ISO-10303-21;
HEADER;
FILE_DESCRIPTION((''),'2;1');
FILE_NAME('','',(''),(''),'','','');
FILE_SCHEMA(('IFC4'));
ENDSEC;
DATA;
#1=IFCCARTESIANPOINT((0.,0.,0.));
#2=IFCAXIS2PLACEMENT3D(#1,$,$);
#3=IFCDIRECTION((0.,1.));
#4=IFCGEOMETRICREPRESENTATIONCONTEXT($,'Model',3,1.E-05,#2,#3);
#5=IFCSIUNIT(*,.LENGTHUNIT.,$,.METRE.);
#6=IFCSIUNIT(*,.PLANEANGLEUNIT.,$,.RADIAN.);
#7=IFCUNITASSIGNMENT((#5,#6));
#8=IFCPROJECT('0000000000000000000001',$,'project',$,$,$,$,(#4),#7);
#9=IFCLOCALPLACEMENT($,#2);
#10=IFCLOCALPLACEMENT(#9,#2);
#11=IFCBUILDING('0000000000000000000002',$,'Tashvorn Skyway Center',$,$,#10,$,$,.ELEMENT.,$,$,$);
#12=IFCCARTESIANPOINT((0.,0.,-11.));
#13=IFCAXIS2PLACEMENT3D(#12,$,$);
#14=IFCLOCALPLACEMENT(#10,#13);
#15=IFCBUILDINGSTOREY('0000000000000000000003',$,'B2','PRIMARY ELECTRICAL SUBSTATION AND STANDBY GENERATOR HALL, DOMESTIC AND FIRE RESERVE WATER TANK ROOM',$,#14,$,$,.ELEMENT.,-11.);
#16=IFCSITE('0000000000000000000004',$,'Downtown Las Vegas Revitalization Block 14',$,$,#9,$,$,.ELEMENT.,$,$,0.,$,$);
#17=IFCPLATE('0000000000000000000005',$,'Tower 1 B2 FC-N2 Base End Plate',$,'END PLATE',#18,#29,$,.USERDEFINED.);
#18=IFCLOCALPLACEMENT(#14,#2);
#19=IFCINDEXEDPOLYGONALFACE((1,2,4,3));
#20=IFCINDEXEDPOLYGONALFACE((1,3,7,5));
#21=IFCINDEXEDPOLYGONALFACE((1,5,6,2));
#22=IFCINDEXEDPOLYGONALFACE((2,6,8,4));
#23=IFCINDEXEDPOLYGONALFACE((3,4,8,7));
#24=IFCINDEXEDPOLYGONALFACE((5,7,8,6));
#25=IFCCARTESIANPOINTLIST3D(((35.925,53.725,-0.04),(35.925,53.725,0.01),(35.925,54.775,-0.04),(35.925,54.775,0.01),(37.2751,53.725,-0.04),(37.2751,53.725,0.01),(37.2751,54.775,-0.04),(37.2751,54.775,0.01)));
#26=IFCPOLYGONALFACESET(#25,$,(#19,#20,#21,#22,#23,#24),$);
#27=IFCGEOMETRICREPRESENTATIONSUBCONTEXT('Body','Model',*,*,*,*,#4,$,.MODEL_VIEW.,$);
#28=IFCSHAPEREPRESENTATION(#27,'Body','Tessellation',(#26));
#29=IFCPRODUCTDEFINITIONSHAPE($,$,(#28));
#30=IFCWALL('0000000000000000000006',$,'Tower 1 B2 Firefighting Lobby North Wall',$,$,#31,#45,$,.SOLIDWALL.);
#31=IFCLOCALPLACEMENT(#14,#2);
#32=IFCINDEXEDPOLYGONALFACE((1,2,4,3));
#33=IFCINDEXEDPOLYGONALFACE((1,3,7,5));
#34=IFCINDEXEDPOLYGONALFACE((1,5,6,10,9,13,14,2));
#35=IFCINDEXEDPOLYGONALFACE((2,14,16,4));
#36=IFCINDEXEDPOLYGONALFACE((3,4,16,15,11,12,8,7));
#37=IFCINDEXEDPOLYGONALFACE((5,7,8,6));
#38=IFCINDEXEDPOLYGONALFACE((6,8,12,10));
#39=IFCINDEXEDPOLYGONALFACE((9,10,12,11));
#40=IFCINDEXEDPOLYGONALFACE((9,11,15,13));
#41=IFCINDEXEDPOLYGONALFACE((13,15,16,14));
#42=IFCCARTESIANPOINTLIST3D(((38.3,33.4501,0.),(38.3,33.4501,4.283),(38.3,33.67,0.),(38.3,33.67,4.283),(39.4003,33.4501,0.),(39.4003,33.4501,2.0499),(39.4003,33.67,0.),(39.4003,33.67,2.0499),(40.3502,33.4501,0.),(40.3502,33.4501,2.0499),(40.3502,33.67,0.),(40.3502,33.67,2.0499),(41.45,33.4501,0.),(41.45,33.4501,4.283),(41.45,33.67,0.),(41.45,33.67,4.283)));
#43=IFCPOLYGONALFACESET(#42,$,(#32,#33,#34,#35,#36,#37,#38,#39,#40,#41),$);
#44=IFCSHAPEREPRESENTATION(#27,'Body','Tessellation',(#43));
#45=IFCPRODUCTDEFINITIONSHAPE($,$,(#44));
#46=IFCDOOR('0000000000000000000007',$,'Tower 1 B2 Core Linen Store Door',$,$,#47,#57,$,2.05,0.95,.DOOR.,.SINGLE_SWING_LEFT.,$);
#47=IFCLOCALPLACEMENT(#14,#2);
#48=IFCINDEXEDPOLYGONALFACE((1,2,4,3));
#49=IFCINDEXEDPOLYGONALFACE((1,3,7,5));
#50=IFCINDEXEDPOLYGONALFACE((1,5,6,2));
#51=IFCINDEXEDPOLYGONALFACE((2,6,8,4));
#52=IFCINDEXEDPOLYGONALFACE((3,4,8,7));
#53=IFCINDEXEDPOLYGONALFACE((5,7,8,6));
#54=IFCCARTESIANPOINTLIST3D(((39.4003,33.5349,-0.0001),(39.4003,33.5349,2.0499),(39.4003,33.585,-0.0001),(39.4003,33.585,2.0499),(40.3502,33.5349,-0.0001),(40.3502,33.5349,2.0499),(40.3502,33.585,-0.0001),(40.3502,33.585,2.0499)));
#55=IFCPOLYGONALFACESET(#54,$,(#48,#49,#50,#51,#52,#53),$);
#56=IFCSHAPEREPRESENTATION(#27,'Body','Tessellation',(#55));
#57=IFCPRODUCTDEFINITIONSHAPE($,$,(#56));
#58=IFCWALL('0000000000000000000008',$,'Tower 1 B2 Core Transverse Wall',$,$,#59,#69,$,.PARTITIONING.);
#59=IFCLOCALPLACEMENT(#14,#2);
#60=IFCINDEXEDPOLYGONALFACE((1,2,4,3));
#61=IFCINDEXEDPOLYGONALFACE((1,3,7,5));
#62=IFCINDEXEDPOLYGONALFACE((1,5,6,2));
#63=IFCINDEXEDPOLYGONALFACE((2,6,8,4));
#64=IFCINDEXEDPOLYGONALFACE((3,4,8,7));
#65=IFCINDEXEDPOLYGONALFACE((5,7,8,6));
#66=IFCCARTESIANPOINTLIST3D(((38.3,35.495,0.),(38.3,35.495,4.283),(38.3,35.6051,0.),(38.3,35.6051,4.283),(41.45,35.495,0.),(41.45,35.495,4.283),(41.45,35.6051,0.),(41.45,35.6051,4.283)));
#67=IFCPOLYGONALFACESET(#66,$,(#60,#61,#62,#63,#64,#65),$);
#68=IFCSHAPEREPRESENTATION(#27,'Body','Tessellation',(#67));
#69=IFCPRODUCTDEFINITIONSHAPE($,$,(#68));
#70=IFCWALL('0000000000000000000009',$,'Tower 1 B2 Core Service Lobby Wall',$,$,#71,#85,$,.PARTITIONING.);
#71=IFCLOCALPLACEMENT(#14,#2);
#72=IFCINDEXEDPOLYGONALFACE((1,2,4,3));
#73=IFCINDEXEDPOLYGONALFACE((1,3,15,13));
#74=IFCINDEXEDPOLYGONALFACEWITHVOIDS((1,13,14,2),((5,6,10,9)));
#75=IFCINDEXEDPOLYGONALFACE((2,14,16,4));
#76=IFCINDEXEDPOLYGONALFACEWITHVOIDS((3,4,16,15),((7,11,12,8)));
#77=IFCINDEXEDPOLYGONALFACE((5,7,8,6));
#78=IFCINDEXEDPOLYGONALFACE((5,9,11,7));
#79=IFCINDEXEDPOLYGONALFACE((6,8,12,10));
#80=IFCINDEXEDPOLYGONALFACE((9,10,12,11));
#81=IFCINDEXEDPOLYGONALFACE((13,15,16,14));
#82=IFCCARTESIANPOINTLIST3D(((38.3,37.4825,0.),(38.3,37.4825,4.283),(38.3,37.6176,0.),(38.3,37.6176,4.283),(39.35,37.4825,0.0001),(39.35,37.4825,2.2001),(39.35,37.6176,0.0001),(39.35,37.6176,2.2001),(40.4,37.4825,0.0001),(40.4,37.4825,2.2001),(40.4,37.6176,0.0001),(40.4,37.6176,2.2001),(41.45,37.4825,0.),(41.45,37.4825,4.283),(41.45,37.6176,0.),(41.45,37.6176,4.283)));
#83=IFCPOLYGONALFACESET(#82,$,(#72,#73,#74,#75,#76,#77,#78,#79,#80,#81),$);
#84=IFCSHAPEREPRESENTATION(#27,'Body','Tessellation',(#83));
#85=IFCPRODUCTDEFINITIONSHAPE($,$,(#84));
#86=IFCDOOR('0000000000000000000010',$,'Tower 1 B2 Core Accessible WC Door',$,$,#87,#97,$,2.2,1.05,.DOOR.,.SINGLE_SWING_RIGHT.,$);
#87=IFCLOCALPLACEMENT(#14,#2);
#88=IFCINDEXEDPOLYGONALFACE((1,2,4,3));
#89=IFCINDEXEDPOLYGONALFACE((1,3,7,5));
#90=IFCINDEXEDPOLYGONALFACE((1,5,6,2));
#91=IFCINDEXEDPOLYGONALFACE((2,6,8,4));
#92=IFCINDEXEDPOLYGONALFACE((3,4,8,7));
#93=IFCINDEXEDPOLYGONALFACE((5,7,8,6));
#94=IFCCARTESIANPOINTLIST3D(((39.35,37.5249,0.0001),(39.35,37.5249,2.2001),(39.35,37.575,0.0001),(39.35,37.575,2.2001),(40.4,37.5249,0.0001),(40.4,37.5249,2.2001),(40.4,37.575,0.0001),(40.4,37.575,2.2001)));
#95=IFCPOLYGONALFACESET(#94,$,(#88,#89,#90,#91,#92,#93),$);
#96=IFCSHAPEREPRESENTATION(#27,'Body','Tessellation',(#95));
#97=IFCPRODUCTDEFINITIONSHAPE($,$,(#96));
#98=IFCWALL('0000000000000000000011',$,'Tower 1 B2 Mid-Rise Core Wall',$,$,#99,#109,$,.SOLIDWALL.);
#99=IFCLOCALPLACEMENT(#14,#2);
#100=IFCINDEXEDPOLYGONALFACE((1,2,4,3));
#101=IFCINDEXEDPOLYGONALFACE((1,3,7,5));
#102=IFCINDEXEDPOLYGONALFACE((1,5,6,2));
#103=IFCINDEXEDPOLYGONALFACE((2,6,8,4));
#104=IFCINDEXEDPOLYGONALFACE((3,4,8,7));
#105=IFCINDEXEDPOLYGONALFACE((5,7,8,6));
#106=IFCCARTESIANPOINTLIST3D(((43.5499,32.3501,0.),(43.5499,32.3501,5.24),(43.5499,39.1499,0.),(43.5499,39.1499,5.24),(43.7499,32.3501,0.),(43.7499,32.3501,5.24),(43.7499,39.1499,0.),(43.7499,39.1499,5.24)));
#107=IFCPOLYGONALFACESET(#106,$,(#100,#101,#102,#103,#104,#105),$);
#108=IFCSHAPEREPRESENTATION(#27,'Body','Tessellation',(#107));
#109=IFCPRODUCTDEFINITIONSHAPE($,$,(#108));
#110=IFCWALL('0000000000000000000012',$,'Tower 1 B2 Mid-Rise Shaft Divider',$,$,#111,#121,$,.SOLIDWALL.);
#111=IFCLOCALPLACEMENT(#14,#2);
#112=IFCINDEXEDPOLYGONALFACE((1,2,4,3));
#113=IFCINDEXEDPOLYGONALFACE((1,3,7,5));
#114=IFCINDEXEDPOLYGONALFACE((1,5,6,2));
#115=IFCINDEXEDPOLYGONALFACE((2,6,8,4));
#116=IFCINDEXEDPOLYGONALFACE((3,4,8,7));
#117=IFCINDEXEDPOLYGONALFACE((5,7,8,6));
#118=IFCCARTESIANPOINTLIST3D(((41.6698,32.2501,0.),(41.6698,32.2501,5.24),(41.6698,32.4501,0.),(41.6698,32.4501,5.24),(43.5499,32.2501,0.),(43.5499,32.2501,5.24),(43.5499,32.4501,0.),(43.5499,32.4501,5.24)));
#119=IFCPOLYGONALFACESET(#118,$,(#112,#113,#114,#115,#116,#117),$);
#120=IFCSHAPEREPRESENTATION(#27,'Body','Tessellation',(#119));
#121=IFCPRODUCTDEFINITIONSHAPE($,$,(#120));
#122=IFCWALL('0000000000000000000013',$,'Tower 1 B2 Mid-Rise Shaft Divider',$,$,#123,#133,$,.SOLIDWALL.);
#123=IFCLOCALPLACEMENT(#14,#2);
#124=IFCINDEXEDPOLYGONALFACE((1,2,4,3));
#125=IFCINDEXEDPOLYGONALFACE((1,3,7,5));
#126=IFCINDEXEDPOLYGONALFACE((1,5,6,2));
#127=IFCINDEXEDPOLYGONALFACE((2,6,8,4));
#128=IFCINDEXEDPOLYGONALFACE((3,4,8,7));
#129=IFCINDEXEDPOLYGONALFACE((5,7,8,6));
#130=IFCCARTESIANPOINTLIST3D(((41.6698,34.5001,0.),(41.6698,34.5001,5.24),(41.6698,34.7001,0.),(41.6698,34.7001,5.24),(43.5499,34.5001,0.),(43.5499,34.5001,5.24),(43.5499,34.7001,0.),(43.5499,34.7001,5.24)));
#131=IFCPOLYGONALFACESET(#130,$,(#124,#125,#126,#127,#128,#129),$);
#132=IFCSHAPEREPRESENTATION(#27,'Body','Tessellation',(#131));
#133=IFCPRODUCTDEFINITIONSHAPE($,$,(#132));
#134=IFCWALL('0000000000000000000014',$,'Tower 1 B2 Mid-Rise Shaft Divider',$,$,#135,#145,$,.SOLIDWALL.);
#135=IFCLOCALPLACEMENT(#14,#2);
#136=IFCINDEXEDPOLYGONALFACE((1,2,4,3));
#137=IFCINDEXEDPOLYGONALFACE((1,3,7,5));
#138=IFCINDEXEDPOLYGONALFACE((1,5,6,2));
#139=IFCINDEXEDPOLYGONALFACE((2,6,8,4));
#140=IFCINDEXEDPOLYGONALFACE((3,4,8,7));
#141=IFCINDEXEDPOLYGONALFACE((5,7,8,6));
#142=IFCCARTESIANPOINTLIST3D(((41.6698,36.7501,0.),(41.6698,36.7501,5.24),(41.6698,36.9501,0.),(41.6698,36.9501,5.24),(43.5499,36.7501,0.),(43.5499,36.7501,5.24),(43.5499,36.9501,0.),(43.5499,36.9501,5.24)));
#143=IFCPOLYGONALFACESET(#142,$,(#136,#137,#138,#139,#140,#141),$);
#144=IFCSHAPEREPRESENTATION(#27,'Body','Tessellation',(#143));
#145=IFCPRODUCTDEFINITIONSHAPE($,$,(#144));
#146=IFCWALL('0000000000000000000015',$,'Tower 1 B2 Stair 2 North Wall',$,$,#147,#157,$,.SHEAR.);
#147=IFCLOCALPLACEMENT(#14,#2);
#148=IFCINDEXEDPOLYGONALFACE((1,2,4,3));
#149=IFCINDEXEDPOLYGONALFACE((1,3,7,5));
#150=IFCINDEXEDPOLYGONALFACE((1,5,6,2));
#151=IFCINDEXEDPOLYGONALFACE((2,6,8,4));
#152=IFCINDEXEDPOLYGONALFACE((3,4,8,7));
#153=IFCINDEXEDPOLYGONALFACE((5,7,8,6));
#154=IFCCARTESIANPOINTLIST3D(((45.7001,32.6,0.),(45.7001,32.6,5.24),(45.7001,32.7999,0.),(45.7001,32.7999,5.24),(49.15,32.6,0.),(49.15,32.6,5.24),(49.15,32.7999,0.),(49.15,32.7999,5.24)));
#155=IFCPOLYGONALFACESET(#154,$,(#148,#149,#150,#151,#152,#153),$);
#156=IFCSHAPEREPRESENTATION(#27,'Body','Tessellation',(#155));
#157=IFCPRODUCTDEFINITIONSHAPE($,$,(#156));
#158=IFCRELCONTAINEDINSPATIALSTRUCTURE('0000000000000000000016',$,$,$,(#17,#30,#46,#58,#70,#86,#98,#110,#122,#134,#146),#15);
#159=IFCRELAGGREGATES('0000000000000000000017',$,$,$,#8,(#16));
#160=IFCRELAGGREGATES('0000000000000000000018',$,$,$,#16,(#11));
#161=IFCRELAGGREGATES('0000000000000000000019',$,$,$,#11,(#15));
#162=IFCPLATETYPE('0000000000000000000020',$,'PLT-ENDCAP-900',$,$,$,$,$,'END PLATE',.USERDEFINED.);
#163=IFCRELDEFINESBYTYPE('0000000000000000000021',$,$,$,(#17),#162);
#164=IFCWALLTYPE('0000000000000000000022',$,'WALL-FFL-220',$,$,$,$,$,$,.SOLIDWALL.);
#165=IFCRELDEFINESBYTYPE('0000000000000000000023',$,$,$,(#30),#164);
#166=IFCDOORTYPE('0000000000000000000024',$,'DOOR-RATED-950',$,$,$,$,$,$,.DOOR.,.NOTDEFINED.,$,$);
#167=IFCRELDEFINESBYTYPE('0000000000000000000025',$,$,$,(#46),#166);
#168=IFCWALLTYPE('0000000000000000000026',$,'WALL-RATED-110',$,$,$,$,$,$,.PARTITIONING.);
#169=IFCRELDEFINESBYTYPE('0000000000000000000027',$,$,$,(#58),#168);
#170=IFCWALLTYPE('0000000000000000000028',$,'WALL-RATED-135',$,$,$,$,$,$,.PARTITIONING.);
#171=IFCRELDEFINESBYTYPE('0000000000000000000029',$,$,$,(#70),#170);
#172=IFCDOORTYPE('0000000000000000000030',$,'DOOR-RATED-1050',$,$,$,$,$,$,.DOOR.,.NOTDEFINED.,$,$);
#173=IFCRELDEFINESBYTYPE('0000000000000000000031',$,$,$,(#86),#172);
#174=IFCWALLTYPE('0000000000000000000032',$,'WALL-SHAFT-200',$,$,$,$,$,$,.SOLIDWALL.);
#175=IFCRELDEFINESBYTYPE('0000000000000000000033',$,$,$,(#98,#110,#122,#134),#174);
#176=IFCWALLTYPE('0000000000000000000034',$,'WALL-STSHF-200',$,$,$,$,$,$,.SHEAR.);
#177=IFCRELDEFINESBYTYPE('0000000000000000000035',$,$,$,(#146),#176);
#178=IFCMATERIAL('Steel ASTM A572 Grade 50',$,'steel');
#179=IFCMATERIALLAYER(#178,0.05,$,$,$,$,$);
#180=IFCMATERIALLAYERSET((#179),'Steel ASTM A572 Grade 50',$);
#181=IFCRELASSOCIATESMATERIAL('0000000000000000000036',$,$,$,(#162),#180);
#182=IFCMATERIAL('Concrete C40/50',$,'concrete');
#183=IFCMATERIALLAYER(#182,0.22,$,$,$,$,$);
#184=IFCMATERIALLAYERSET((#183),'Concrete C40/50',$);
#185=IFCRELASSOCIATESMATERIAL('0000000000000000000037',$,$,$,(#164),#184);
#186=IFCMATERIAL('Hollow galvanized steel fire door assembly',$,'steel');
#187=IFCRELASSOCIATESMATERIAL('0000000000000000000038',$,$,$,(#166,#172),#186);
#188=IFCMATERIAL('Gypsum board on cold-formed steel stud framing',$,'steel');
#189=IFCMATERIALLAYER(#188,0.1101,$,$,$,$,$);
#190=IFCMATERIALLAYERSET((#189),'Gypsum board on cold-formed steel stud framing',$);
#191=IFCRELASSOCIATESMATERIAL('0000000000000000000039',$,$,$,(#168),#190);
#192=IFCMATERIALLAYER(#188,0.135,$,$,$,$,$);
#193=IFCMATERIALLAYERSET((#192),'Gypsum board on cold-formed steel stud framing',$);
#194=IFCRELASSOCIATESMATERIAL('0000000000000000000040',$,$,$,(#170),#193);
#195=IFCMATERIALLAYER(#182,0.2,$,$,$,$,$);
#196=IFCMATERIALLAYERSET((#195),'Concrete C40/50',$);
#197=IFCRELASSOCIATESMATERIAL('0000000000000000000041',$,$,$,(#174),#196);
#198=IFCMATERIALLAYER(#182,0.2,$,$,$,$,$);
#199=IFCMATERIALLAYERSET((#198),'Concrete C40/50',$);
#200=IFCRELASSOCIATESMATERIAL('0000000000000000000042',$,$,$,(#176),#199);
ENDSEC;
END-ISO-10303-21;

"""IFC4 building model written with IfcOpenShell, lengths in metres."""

from ifc_helpers import new_model, si_unit, direction, frame, frame_2d, origin, origin_2d, place, context, subcontext, project, spatial, rectangle, extrude, material, layer, layer_set, type_object, element, fill, save


model = new_model("IFC4")

# Units and contexts
model_context = context("Model", 3, precision=1e-05, world=origin(), true_north=direction((0.0, 1.0)))
body_context = subcontext(model_context, "Body", "Model", "MODEL_VIEW")
ifc_project = project(units=[si_unit("LENGTHUNIT", "METRE"), si_unit("PLANEANGLEUNIT", "RADIAN")], contexts=[model_context])

# Site, building, storey
site_placement = place(None, origin())
site = spatial("IfcSite", under=ifc_project, at=site_placement, Name="Downtown Las Vegas Revitalization Block 14", CompositionType="ELEMENT", RefElevation=0.0)
building_placement = place(site_placement, origin())
building = spatial("IfcBuilding", under=site, at=building_placement, Name="Tashvorn Skyway Center", CompositionType="ELEMENT")
storey_placement = place(building_placement, frame((0.0, 0.0, -11.0)))
storey = spatial("IfcBuildingStorey", under=building, at=storey_placement, Name="B2", Description="PRIMARY ELECTRICAL SUBSTATION AND STANDBY GENERATOR HALL, DOMESTIC AND FIRE RESERVE WATER TANK ROOM", CompositionType="ELEMENT", Elevation=-11.0)

# Shared definitions
ifc_material_1 = material(Name="Steel ASTM A572 Grade 50", Category="steel")

# Plate
ifc_layer_1 = layer(ifc_material_1, 0.05)
ifc_layer_set_1 = layer_set([ifc_layer_1], Name="Steel ASTM A572 Grade 50")
plate_type = type_object("IfcPlateType", Name="PLT-ENDCAP-900", ElementType="END PLATE", PredefinedType="USERDEFINED", material=ifc_layer_set_1)
plate_placement = place(storey_placement, frame((36.6001, 54.25, -0.04), z_axis=(0.0, 0.0, 1.0), x_axis=(1.0, 0.0, 0.0)))
element("IfcPlate", 1, at=plate_placement, inside=storey, type_object=plate_type, Name="Tower 1 B2 FC-N2 Base End Plate", ObjectType="END PLATE", PredefinedType="USERDEFINED", context=body_context, shape_type="SweptSolid", body=[
    extrude(rectangle(XDim=1.3501, YDim=1.05, at=origin_2d()), origin(), (0.0, 0.0, 1.0), 0.05),
])

# Wall, opening, door
ifc_material_2 = material(Name="Concrete C40/50", Category="concrete")
ifc_layer_2 = layer(ifc_material_2, 0.22)
ifc_layer_set_2 = layer_set([ifc_layer_2], Name="Concrete C40/50")
wall_type_1 = type_object("IfcWallType", Name="WALL-FFL-220", PredefinedType="SOLIDWALL", material=ifc_layer_set_2)
wall_1_placement = place(storey_placement, frame((38.3, 33.5601, 0.0), z_axis=(0.0, 0.0, 1.0), x_axis=(1.0, 0.0, 0.0)))
wall_1 = element("IfcWall", 2, at=wall_1_placement, inside=storey, type_object=wall_type_1, Name="Tower 1 B2 Firefighting Lobby North Wall", PredefinedType="SOLIDWALL", context=body_context, shape_type="SweptSolid", body=[
    extrude(rectangle(XDim=3.1499, YDim=0.22, at=frame_2d((1.575, 0.0))), origin(), (0.0, 0.0, 1.0), 4.283),
])
opening_1_placement = place(wall_1_placement, frame((1.1001, 0.0, 0.0)))
opening_1 = element("IfcOpeningElement", 3, at=opening_1_placement, cuts=wall_1, PredefinedType="OPENING", context=body_context, shape_type="SweptSolid", body=[
    extrude(rectangle(XDim=0.95, YDim=2.05, at=frame_2d((0.4751, 1.0249))), frame((0.0, 0.1199, 0.0), z_axis=(0.0, -1.0, 0.0), x_axis=(1.0, 0.0, 0.0)), (0.0, 0.0, 1.0), 0.24),
])
ifc_material_3 = material(Name="Hollow galvanized steel fire door assembly", Category="steel")
door_type_1 = type_object("IfcDoorType", Name="DOOR-RATED-950", OperationType="NOTDEFINED", PredefinedType="DOOR", material=ifc_material_3)
door_1_placement = place(opening_1_placement, origin())
door_1 = element("IfcDoor", 4, at=door_1_placement, inside=storey, type_object=door_type_1, Name="Tower 1 B2 Core Linen Store Door", OperationType="SINGLE_SWING_LEFT", OverallHeight=2.05, OverallWidth=0.95, PredefinedType="DOOR", context=body_context, shape_type="SweptSolid", body=[
    extrude(rectangle(XDim=0.95, YDim=2.05, at=frame_2d((0.4751, 1.0249))), frame((0.0, 0.0249, 0.0), z_axis=(0.0, -1.0, 0.0), x_axis=(1.0, 0.0, 0.0)), (0.0, 0.0, 1.0), 0.05),
])
fill(opening_1, door_1)

# Wall
ifc_material_4 = material(Name="Gypsum board on cold-formed steel stud framing", Category="steel")
ifc_layer_3 = layer(ifc_material_4, 0.1101)
ifc_layer_set_3 = layer_set([ifc_layer_3], Name="Gypsum board on cold-formed steel stud framing")
wall_type_2 = type_object("IfcWallType", Name="WALL-RATED-110", PredefinedType="PARTITIONING", material=ifc_layer_set_3)
wall_2_placement = place(storey_placement, frame((38.3, 35.55, 0.0), z_axis=(0.0, 0.0, 1.0), x_axis=(1.0, 0.0, 0.0)))
element("IfcWall", 5, at=wall_2_placement, inside=storey, type_object=wall_type_2, Name="Tower 1 B2 Core Transverse Wall", PredefinedType="PARTITIONING", context=body_context, shape_type="SweptSolid", body=[
    extrude(rectangle(XDim=3.1499, YDim=0.1101, at=frame_2d((1.575, 0.0))), origin(), (0.0, 0.0, 1.0), 4.283),
])

# Wall, opening, door
ifc_layer_4 = layer(ifc_material_4, 0.135)
ifc_layer_set_4 = layer_set([ifc_layer_4], Name="Gypsum board on cold-formed steel stud framing")
wall_type_3 = type_object("IfcWallType", Name="WALL-RATED-135", PredefinedType="PARTITIONING", material=ifc_layer_set_4)
wall_3_placement = place(storey_placement, frame((38.3, 37.55, 0.0), z_axis=(0.0, 0.0, 1.0), x_axis=(1.0, 0.0, 0.0)))
wall_3 = element("IfcWall", 6, at=wall_3_placement, inside=storey, type_object=wall_type_3, Name="Tower 1 B2 Core Service Lobby Wall", PredefinedType="PARTITIONING", context=body_context, shape_type="SweptSolid", body=[
    extrude(rectangle(XDim=3.1499, YDim=0.135, at=frame_2d((1.575, 0.0))), origin(), (0.0, 0.0, 1.0), 4.283),
])
opening_2_placement = place(wall_3_placement, frame((1.05, 0.0, 0.0)))
opening_2 = element("IfcOpeningElement", 7, at=opening_2_placement, cuts=wall_3, PredefinedType="OPENING", context=body_context, shape_type="SweptSolid", body=[
    extrude(rectangle(XDim=1.05, YDim=2.2, at=frame_2d((0.5249, 1.1001))), frame((0.0, 0.0774, 0.0), z_axis=(0.0, -1.0, 0.0), x_axis=(1.0, 0.0, 0.0)), (0.0, 0.0, 1.0), 0.155),
])
door_type_2 = type_object("IfcDoorType", Name="DOOR-RATED-1050", OperationType="NOTDEFINED", PredefinedType="DOOR", material=ifc_material_3)
door_2_placement = place(opening_2_placement, origin())
door_2 = element("IfcDoor", 8, at=door_2_placement, inside=storey, type_object=door_type_2, Name="Tower 1 B2 Core Accessible WC Door", OperationType="SINGLE_SWING_RIGHT", OverallHeight=2.2, OverallWidth=1.05, PredefinedType="DOOR", context=body_context, shape_type="SweptSolid", body=[
    extrude(rectangle(XDim=1.05, YDim=2.2, at=frame_2d((0.5249, 1.1001))), frame((0.0, 0.0249, 0.0), z_axis=(0.0, -1.0, 0.0), x_axis=(1.0, 0.0, 0.0)), (0.0, 0.0, 1.0), 0.05),
])
fill(opening_2, door_2)

# Walls
ifc_layer_5 = layer(ifc_material_2, 0.2)
ifc_layer_set_5 = layer_set([ifc_layer_5], Name="Concrete C40/50")
wall_type_4 = type_object("IfcWallType", Name="WALL-SHAFT-200", PredefinedType="SOLIDWALL", material=ifc_layer_set_5)
wall_4_placement = place(storey_placement, frame((43.6499, 32.3501, 0.0), z_axis=(0.0, 0.0, 1.0), x_axis=(0.0, 1.0, 0.0)))
element("IfcWall", 9, at=wall_4_placement, inside=storey, type_object=wall_type_4, Name="Tower 1 B2 Mid-Rise Core Wall", PredefinedType="SOLIDWALL", context=body_context, shape_type="SweptSolid", body=[
    extrude(rectangle(XDim=6.7998, YDim=0.2, at=frame_2d((3.3999, 0.0))), origin(), (0.0, 0.0, 1.0), 5.24),
])
for number, where, z_axis, x_axis, name in (
    (10, (41.6699, 32.3501, 0.0), (0.0, 0.0, 1.0), (1.0, 0.0, 0.0), "Tower 1 B2 Mid-Rise Shaft Divider"),
    (11, (41.6699, 34.6001, 0.0), (0.0, 0.0, 1.0), (1.0, 0.0, 0.0), "Tower 1 B2 Mid-Rise Shaft Divider"),
    (12, (41.6699, 36.8501, 0.0), (0.0, 0.0, 1.0), (1.0, 0.0, 0.0), "Tower 1 B2 Mid-Rise Shaft Divider"),
):
    element("IfcWall", number, at=place(storey_placement, frame(where, z_axis=z_axis, x_axis=x_axis)), inside=storey, type_object=wall_type_4, Name=name, PredefinedType="SOLIDWALL", context=body_context, shape_type="SweptSolid", body=[
        extrude(rectangle(XDim=1.8801, YDim=0.2, at=frame_2d((0.9399, 0.0))), origin(), (0.0, 0.0, 1.0), 5.24),
    ])
ifc_layer_6 = layer(ifc_material_2, 0.2)
ifc_layer_set_6 = layer_set([ifc_layer_6], Name="Concrete C40/50")
wall_type_5 = type_object("IfcWallType", Name="WALL-STSHF-200", PredefinedType="SHEAR", material=ifc_layer_set_6)
wall_5_placement = place(storey_placement, frame((45.7, 32.7, 0.0), z_axis=(0.0, 0.0, 1.0), x_axis=(1.0, 0.0, 0.0)))
element("IfcWall", 13, at=wall_5_placement, inside=storey, type_object=wall_type_5, Name="Tower 1 B2 Stair 2 North Wall", PredefinedType="SHEAR", context=body_context, shape_type="SweptSolid", body=[
    extrude(rectangle(XDim=3.45, YDim=0.2, at=frame_2d((1.7251, 0.0))), origin(), (0.0, 0.0, 1.0), 5.24),
])

save(model, "model.ifc")
